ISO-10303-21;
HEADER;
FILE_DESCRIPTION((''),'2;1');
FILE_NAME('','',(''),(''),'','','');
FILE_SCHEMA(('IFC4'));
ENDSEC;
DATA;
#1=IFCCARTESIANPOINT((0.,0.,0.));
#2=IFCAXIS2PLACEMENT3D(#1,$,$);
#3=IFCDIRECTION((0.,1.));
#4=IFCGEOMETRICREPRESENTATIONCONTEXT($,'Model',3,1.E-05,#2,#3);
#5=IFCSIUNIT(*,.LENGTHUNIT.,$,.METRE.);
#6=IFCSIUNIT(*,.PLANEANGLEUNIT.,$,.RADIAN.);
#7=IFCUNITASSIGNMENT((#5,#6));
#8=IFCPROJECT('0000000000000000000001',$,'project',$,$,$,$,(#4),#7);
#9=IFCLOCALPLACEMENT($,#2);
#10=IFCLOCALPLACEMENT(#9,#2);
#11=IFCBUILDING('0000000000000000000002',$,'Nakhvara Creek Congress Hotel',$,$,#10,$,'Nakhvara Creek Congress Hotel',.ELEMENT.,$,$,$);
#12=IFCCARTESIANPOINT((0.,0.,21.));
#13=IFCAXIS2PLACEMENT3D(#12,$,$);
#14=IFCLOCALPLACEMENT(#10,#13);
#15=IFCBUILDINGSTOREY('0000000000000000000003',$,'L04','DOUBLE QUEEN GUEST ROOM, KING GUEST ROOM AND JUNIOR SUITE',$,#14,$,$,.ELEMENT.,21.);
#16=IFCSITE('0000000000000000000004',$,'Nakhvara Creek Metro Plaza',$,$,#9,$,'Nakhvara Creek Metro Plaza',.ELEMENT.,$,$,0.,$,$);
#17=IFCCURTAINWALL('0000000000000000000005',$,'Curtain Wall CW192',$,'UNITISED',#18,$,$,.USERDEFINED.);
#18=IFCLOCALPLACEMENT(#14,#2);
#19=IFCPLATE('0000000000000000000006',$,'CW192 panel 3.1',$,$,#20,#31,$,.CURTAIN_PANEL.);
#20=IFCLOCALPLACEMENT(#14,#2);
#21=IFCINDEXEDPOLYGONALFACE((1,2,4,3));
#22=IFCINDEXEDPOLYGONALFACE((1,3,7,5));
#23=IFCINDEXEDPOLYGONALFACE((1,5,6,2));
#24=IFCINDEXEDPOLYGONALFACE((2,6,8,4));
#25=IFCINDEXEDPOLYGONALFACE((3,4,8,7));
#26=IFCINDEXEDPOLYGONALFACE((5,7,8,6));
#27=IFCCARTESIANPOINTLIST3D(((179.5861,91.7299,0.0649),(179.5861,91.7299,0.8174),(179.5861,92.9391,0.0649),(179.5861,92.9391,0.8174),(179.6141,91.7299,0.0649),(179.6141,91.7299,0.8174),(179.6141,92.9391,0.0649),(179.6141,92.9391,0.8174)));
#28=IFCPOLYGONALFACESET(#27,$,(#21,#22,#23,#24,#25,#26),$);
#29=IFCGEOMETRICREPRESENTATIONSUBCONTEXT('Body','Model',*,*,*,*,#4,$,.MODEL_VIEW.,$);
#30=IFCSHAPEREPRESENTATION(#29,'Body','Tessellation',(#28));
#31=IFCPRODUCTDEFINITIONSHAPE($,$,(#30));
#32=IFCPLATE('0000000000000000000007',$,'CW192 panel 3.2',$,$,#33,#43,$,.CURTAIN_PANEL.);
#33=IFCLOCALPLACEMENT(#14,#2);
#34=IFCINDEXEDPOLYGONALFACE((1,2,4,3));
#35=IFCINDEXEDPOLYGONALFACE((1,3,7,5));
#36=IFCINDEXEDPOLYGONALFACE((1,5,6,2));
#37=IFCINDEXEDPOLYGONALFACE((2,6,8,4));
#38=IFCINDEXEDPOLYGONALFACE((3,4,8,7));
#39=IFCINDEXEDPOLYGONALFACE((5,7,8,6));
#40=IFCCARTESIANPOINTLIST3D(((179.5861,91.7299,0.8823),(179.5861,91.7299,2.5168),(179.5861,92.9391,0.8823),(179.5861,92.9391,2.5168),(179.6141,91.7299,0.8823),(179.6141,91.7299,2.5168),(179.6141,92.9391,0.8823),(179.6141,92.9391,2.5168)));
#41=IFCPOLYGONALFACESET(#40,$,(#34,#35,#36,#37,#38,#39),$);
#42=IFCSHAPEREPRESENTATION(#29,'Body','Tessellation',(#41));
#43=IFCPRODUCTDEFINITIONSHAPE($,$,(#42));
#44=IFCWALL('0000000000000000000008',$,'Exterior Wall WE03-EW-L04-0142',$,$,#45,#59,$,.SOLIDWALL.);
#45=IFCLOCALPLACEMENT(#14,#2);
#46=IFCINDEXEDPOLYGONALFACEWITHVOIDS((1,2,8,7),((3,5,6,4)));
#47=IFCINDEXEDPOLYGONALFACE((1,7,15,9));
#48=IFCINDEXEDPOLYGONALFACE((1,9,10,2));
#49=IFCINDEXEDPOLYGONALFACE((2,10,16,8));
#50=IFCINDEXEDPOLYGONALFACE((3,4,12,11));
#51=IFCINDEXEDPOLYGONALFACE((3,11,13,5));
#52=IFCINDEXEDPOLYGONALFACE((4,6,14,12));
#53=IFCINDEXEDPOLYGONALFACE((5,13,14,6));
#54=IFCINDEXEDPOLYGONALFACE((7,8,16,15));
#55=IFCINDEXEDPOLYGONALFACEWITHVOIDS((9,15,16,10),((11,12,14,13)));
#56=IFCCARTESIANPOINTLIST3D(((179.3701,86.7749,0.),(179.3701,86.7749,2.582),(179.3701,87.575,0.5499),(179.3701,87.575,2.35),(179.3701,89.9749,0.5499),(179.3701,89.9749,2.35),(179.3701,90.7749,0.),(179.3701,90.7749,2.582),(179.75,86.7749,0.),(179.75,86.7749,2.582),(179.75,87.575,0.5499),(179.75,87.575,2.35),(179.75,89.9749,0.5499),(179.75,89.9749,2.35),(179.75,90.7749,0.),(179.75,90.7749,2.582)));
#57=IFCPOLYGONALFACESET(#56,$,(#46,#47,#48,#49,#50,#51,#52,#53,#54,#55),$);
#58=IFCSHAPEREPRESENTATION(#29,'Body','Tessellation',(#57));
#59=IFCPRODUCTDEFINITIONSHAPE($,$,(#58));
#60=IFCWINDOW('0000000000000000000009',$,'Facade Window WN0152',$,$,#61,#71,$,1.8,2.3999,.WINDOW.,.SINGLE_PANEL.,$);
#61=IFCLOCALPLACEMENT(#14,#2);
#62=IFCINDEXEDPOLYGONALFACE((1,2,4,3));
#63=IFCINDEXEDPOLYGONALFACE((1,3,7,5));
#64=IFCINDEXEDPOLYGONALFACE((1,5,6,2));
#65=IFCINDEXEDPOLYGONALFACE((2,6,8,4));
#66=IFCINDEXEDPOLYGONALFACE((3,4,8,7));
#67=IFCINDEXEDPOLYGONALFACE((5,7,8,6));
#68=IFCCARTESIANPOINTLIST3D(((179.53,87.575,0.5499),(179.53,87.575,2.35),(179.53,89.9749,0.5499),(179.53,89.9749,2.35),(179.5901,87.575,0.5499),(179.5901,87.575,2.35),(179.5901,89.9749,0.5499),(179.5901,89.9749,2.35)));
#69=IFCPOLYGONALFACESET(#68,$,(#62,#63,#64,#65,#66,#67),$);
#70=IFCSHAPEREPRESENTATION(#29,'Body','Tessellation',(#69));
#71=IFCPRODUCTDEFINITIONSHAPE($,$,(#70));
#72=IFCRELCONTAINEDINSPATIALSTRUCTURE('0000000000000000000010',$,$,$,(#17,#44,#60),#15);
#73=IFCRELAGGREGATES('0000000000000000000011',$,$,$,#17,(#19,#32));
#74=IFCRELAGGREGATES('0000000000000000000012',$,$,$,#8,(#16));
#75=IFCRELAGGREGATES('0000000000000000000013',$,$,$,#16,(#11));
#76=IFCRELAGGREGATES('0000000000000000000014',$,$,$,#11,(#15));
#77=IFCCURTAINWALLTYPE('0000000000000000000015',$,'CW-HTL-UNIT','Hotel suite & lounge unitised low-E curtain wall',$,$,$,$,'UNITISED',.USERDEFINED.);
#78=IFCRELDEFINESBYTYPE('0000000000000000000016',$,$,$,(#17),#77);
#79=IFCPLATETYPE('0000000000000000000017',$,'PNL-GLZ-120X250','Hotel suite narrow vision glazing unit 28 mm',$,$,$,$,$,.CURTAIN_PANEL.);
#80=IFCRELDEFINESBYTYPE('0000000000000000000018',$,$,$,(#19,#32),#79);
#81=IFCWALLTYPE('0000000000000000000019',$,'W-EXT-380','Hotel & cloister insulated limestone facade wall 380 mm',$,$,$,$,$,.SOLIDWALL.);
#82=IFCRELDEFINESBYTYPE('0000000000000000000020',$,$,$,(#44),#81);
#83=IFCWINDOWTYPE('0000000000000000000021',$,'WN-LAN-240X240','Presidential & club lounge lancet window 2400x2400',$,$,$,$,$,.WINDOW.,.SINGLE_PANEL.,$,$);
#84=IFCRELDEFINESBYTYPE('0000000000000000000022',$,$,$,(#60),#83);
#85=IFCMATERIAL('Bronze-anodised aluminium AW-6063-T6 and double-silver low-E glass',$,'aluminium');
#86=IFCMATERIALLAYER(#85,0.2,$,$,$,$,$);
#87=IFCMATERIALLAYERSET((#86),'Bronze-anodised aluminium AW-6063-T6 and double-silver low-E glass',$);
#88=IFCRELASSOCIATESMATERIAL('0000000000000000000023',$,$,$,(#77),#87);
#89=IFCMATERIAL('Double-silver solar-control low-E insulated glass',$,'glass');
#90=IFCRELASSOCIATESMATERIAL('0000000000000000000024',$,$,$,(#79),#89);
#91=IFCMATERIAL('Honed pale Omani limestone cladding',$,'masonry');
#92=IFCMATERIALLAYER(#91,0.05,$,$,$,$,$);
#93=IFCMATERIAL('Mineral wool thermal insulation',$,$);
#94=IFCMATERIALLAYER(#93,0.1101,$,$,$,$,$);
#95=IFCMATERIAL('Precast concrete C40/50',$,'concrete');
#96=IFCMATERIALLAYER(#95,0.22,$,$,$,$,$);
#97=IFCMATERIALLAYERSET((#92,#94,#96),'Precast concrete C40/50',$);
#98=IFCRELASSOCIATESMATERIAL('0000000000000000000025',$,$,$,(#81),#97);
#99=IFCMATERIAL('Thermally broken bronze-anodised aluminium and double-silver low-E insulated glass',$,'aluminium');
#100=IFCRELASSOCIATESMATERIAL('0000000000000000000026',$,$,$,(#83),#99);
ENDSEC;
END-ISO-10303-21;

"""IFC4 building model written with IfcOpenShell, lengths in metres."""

from ifc_helpers import new_model, si_unit, direction, frame, frame_2d, origin, origin_2d, place, context, subcontext, project, spatial, rectangle, extrude, material, layer, layer_set, type_object, element, fill, aggregate, save


model = new_model("IFC4")

# Units and contexts
model_context = context("Model", 3, precision=1e-05, world=origin(), true_north=direction((0.0, 1.0)))
body_context = subcontext(model_context, "Body", "Model", "MODEL_VIEW")
ifc_project = project(units=[si_unit("LENGTHUNIT", "METRE"), si_unit("PLANEANGLEUNIT", "RADIAN")], contexts=[model_context])

# Site, building, storey
site_placement = place(None, origin())
site = spatial("IfcSite", under=ifc_project, at=site_placement, Name="Nakhvara Creek Metro Plaza", LongName="Nakhvara Creek Metro Plaza", CompositionType="ELEMENT", RefElevation=0.0)
building_placement = place(site_placement, origin())
building = spatial("IfcBuilding", under=site, at=building_placement, Name="Nakhvara Creek Congress Hotel", LongName="Nakhvara Creek Congress Hotel", CompositionType="ELEMENT")
storey_placement = place(building_placement, frame((0.0, 0.0, 21.0)))
storey = spatial("IfcBuildingStorey", under=building, at=storey_placement, Name="L04", Description="DOUBLE QUEEN GUEST ROOM, KING GUEST ROOM AND JUNIOR SUITE", CompositionType="ELEMENT", Elevation=21.0)

# Shared definitions
ifc_material_1 = material(Name="Bronze-anodised aluminium AW-6063-T6 and double-silver low-E glass", Category="aluminium")
ifc_layer_1 = layer(ifc_material_1, 0.2)
ifc_layer_set_1 = layer_set([ifc_layer_1], Name="Bronze-anodised aluminium AW-6063-T6 and double-silver low-E glass")
curtain_wall_type = type_object("IfcCurtainWallType", Name="CW-HTL-UNIT", Description="Hotel suite & lounge unitised low-E curtain wall", ElementType="UNITISED", PredefinedType="USERDEFINED", material=ifc_layer_set_1)

# Curtain wall
curtain_wall_1_placement = place(storey_placement, origin())
curtain_wall_1 = element("IfcCurtainWall", 1, at=curtain_wall_1_placement, inside=storey, type_object=curtain_wall_type, Name="Curtain Wall CW192", ObjectType="UNITISED", PredefinedType="USERDEFINED")

# Plates
ifc_material_2 = material(Name="Double-silver solar-control low-E insulated glass", Category="glass")
plate_type = type_object("IfcPlateType", Name="PNL-GLZ-120X250", Description="Hotel suite narrow vision glazing unit 28 mm", PredefinedType="CURTAIN_PANEL", material=ifc_material_2)
plate_1_placement = place(storey_placement, frame((179.6001, 92.3345, 0.0649), z_axis=(0.0, 0.0, 1.0), x_axis=(0.0, -1.0, 0.0)))
plate_1 = element("IfcPlate", 2, at=plate_1_placement, type_object=plate_type, Name="CW192 panel 3.1", PredefinedType="CURTAIN_PANEL", context=body_context, shape_type="SweptSolid", body=[
    extrude(rectangle(XDim=1.2092, YDim=0.0281, at=origin_2d()), origin(), (0.0, 0.0, 1.0), 0.7524),
])
plate_2_placement = place(storey_placement, frame((179.6001, 92.3345, 0.8823), z_axis=(0.0, 0.0, 1.0), x_axis=(0.0, -1.0, 0.0)))
plate_2 = element("IfcPlate", 3, at=plate_2_placement, type_object=plate_type, Name="CW192 panel 3.2", PredefinedType="CURTAIN_PANEL", context=body_context, shape_type="SweptSolid", body=[
    extrude(rectangle(XDim=1.2092, YDim=0.0281, at=origin_2d()), origin(), (0.0, 0.0, 1.0), 1.6345),
])
aggregate(curtain_wall_1, [plate_1, plate_2])

# Wall, opening, window
ifc_material_3 = material(Name="Honed pale Omani limestone cladding", Category="masonry")
ifc_layer_2 = layer(ifc_material_3, 0.05)
ifc_material_4 = material(Name="Mineral wool thermal insulation")
ifc_layer_3 = layer(ifc_material_4, 0.1101)
ifc_material_5 = material(Name="Precast concrete C40/50", Category="concrete")
ifc_layer_4 = layer(ifc_material_5, 0.22)
ifc_layer_set_2 = layer_set([ifc_layer_2, ifc_layer_3, ifc_layer_4], Name="Precast concrete C40/50")
wall_type = type_object("IfcWallType", Name="W-EXT-380", Description="Hotel & cloister insulated limestone facade wall 380 mm", PredefinedType="SOLIDWALL", material=ifc_layer_set_2)
wall_placement = place(storey_placement, frame((179.5601, 90.7749, 0.0), z_axis=(0.0, 0.0, 1.0), x_axis=(0.0, -1.0, 0.0)))
wall = element("IfcWall", 4, at=wall_placement, inside=storey, type_object=wall_type, Name="Exterior Wall WE03-EW-L04-0142", PredefinedType="SOLIDWALL", context=body_context, shape_type="SweptSolid", body=[
    extrude(rectangle(XDim=4.0, YDim=0.3799, at=frame_2d((2.0, 0.0))), origin(), (0.0, 0.0, 1.0), 2.582),
])
opening_placement = place(wall_placement, frame((0.8, 0.0, 0.55)))
opening = element("IfcOpeningElement", 5, at=opening_placement, cuts=wall, PredefinedType="OPENING", context=body_context, shape_type="SweptSolid", body=[
    extrude(rectangle(XDim=2.3999, YDim=1.8, at=frame_2d((1.2, 0.8999))), frame((0.0, 0.2019, 0.0), z_axis=(0.0, -1.0, 0.0), x_axis=(1.0, 0.0, 0.0)), (0.0, 0.0, 1.0), 0.4038),
])
ifc_material_6 = material(Name="Thermally broken bronze-anodised aluminium and double-silver low-E insulated glass", Category="aluminium")
window_type = type_object("IfcWindowType", Name="WN-LAN-240X240", Description="Presidential & club lounge lancet window 2400x2400", PartitioningType="SINGLE_PANEL", PredefinedType="WINDOW", material=ifc_material_6)
window_placement = place(opening_placement, origin())
window = element("IfcWindow", 6, at=window_placement, inside=storey, type_object=window_type, Name="Facade Window WN0152", OverallHeight=1.8, OverallWidth=2.3999, PartitioningType="SINGLE_PANEL", PredefinedType="WINDOW", context=body_context, shape_type="SweptSolid", body=[
    extrude(rectangle(XDim=2.3999, YDim=1.8, at=frame_2d((1.2, 0.8999))), frame((0.0, 0.03, 0.0), z_axis=(0.0, -1.0, 0.0), x_axis=(1.0, 0.0, 0.0)), (0.0, 0.0, 1.0), 0.0601),
])
fill(opening, window)

save(model, "model.ifc")
